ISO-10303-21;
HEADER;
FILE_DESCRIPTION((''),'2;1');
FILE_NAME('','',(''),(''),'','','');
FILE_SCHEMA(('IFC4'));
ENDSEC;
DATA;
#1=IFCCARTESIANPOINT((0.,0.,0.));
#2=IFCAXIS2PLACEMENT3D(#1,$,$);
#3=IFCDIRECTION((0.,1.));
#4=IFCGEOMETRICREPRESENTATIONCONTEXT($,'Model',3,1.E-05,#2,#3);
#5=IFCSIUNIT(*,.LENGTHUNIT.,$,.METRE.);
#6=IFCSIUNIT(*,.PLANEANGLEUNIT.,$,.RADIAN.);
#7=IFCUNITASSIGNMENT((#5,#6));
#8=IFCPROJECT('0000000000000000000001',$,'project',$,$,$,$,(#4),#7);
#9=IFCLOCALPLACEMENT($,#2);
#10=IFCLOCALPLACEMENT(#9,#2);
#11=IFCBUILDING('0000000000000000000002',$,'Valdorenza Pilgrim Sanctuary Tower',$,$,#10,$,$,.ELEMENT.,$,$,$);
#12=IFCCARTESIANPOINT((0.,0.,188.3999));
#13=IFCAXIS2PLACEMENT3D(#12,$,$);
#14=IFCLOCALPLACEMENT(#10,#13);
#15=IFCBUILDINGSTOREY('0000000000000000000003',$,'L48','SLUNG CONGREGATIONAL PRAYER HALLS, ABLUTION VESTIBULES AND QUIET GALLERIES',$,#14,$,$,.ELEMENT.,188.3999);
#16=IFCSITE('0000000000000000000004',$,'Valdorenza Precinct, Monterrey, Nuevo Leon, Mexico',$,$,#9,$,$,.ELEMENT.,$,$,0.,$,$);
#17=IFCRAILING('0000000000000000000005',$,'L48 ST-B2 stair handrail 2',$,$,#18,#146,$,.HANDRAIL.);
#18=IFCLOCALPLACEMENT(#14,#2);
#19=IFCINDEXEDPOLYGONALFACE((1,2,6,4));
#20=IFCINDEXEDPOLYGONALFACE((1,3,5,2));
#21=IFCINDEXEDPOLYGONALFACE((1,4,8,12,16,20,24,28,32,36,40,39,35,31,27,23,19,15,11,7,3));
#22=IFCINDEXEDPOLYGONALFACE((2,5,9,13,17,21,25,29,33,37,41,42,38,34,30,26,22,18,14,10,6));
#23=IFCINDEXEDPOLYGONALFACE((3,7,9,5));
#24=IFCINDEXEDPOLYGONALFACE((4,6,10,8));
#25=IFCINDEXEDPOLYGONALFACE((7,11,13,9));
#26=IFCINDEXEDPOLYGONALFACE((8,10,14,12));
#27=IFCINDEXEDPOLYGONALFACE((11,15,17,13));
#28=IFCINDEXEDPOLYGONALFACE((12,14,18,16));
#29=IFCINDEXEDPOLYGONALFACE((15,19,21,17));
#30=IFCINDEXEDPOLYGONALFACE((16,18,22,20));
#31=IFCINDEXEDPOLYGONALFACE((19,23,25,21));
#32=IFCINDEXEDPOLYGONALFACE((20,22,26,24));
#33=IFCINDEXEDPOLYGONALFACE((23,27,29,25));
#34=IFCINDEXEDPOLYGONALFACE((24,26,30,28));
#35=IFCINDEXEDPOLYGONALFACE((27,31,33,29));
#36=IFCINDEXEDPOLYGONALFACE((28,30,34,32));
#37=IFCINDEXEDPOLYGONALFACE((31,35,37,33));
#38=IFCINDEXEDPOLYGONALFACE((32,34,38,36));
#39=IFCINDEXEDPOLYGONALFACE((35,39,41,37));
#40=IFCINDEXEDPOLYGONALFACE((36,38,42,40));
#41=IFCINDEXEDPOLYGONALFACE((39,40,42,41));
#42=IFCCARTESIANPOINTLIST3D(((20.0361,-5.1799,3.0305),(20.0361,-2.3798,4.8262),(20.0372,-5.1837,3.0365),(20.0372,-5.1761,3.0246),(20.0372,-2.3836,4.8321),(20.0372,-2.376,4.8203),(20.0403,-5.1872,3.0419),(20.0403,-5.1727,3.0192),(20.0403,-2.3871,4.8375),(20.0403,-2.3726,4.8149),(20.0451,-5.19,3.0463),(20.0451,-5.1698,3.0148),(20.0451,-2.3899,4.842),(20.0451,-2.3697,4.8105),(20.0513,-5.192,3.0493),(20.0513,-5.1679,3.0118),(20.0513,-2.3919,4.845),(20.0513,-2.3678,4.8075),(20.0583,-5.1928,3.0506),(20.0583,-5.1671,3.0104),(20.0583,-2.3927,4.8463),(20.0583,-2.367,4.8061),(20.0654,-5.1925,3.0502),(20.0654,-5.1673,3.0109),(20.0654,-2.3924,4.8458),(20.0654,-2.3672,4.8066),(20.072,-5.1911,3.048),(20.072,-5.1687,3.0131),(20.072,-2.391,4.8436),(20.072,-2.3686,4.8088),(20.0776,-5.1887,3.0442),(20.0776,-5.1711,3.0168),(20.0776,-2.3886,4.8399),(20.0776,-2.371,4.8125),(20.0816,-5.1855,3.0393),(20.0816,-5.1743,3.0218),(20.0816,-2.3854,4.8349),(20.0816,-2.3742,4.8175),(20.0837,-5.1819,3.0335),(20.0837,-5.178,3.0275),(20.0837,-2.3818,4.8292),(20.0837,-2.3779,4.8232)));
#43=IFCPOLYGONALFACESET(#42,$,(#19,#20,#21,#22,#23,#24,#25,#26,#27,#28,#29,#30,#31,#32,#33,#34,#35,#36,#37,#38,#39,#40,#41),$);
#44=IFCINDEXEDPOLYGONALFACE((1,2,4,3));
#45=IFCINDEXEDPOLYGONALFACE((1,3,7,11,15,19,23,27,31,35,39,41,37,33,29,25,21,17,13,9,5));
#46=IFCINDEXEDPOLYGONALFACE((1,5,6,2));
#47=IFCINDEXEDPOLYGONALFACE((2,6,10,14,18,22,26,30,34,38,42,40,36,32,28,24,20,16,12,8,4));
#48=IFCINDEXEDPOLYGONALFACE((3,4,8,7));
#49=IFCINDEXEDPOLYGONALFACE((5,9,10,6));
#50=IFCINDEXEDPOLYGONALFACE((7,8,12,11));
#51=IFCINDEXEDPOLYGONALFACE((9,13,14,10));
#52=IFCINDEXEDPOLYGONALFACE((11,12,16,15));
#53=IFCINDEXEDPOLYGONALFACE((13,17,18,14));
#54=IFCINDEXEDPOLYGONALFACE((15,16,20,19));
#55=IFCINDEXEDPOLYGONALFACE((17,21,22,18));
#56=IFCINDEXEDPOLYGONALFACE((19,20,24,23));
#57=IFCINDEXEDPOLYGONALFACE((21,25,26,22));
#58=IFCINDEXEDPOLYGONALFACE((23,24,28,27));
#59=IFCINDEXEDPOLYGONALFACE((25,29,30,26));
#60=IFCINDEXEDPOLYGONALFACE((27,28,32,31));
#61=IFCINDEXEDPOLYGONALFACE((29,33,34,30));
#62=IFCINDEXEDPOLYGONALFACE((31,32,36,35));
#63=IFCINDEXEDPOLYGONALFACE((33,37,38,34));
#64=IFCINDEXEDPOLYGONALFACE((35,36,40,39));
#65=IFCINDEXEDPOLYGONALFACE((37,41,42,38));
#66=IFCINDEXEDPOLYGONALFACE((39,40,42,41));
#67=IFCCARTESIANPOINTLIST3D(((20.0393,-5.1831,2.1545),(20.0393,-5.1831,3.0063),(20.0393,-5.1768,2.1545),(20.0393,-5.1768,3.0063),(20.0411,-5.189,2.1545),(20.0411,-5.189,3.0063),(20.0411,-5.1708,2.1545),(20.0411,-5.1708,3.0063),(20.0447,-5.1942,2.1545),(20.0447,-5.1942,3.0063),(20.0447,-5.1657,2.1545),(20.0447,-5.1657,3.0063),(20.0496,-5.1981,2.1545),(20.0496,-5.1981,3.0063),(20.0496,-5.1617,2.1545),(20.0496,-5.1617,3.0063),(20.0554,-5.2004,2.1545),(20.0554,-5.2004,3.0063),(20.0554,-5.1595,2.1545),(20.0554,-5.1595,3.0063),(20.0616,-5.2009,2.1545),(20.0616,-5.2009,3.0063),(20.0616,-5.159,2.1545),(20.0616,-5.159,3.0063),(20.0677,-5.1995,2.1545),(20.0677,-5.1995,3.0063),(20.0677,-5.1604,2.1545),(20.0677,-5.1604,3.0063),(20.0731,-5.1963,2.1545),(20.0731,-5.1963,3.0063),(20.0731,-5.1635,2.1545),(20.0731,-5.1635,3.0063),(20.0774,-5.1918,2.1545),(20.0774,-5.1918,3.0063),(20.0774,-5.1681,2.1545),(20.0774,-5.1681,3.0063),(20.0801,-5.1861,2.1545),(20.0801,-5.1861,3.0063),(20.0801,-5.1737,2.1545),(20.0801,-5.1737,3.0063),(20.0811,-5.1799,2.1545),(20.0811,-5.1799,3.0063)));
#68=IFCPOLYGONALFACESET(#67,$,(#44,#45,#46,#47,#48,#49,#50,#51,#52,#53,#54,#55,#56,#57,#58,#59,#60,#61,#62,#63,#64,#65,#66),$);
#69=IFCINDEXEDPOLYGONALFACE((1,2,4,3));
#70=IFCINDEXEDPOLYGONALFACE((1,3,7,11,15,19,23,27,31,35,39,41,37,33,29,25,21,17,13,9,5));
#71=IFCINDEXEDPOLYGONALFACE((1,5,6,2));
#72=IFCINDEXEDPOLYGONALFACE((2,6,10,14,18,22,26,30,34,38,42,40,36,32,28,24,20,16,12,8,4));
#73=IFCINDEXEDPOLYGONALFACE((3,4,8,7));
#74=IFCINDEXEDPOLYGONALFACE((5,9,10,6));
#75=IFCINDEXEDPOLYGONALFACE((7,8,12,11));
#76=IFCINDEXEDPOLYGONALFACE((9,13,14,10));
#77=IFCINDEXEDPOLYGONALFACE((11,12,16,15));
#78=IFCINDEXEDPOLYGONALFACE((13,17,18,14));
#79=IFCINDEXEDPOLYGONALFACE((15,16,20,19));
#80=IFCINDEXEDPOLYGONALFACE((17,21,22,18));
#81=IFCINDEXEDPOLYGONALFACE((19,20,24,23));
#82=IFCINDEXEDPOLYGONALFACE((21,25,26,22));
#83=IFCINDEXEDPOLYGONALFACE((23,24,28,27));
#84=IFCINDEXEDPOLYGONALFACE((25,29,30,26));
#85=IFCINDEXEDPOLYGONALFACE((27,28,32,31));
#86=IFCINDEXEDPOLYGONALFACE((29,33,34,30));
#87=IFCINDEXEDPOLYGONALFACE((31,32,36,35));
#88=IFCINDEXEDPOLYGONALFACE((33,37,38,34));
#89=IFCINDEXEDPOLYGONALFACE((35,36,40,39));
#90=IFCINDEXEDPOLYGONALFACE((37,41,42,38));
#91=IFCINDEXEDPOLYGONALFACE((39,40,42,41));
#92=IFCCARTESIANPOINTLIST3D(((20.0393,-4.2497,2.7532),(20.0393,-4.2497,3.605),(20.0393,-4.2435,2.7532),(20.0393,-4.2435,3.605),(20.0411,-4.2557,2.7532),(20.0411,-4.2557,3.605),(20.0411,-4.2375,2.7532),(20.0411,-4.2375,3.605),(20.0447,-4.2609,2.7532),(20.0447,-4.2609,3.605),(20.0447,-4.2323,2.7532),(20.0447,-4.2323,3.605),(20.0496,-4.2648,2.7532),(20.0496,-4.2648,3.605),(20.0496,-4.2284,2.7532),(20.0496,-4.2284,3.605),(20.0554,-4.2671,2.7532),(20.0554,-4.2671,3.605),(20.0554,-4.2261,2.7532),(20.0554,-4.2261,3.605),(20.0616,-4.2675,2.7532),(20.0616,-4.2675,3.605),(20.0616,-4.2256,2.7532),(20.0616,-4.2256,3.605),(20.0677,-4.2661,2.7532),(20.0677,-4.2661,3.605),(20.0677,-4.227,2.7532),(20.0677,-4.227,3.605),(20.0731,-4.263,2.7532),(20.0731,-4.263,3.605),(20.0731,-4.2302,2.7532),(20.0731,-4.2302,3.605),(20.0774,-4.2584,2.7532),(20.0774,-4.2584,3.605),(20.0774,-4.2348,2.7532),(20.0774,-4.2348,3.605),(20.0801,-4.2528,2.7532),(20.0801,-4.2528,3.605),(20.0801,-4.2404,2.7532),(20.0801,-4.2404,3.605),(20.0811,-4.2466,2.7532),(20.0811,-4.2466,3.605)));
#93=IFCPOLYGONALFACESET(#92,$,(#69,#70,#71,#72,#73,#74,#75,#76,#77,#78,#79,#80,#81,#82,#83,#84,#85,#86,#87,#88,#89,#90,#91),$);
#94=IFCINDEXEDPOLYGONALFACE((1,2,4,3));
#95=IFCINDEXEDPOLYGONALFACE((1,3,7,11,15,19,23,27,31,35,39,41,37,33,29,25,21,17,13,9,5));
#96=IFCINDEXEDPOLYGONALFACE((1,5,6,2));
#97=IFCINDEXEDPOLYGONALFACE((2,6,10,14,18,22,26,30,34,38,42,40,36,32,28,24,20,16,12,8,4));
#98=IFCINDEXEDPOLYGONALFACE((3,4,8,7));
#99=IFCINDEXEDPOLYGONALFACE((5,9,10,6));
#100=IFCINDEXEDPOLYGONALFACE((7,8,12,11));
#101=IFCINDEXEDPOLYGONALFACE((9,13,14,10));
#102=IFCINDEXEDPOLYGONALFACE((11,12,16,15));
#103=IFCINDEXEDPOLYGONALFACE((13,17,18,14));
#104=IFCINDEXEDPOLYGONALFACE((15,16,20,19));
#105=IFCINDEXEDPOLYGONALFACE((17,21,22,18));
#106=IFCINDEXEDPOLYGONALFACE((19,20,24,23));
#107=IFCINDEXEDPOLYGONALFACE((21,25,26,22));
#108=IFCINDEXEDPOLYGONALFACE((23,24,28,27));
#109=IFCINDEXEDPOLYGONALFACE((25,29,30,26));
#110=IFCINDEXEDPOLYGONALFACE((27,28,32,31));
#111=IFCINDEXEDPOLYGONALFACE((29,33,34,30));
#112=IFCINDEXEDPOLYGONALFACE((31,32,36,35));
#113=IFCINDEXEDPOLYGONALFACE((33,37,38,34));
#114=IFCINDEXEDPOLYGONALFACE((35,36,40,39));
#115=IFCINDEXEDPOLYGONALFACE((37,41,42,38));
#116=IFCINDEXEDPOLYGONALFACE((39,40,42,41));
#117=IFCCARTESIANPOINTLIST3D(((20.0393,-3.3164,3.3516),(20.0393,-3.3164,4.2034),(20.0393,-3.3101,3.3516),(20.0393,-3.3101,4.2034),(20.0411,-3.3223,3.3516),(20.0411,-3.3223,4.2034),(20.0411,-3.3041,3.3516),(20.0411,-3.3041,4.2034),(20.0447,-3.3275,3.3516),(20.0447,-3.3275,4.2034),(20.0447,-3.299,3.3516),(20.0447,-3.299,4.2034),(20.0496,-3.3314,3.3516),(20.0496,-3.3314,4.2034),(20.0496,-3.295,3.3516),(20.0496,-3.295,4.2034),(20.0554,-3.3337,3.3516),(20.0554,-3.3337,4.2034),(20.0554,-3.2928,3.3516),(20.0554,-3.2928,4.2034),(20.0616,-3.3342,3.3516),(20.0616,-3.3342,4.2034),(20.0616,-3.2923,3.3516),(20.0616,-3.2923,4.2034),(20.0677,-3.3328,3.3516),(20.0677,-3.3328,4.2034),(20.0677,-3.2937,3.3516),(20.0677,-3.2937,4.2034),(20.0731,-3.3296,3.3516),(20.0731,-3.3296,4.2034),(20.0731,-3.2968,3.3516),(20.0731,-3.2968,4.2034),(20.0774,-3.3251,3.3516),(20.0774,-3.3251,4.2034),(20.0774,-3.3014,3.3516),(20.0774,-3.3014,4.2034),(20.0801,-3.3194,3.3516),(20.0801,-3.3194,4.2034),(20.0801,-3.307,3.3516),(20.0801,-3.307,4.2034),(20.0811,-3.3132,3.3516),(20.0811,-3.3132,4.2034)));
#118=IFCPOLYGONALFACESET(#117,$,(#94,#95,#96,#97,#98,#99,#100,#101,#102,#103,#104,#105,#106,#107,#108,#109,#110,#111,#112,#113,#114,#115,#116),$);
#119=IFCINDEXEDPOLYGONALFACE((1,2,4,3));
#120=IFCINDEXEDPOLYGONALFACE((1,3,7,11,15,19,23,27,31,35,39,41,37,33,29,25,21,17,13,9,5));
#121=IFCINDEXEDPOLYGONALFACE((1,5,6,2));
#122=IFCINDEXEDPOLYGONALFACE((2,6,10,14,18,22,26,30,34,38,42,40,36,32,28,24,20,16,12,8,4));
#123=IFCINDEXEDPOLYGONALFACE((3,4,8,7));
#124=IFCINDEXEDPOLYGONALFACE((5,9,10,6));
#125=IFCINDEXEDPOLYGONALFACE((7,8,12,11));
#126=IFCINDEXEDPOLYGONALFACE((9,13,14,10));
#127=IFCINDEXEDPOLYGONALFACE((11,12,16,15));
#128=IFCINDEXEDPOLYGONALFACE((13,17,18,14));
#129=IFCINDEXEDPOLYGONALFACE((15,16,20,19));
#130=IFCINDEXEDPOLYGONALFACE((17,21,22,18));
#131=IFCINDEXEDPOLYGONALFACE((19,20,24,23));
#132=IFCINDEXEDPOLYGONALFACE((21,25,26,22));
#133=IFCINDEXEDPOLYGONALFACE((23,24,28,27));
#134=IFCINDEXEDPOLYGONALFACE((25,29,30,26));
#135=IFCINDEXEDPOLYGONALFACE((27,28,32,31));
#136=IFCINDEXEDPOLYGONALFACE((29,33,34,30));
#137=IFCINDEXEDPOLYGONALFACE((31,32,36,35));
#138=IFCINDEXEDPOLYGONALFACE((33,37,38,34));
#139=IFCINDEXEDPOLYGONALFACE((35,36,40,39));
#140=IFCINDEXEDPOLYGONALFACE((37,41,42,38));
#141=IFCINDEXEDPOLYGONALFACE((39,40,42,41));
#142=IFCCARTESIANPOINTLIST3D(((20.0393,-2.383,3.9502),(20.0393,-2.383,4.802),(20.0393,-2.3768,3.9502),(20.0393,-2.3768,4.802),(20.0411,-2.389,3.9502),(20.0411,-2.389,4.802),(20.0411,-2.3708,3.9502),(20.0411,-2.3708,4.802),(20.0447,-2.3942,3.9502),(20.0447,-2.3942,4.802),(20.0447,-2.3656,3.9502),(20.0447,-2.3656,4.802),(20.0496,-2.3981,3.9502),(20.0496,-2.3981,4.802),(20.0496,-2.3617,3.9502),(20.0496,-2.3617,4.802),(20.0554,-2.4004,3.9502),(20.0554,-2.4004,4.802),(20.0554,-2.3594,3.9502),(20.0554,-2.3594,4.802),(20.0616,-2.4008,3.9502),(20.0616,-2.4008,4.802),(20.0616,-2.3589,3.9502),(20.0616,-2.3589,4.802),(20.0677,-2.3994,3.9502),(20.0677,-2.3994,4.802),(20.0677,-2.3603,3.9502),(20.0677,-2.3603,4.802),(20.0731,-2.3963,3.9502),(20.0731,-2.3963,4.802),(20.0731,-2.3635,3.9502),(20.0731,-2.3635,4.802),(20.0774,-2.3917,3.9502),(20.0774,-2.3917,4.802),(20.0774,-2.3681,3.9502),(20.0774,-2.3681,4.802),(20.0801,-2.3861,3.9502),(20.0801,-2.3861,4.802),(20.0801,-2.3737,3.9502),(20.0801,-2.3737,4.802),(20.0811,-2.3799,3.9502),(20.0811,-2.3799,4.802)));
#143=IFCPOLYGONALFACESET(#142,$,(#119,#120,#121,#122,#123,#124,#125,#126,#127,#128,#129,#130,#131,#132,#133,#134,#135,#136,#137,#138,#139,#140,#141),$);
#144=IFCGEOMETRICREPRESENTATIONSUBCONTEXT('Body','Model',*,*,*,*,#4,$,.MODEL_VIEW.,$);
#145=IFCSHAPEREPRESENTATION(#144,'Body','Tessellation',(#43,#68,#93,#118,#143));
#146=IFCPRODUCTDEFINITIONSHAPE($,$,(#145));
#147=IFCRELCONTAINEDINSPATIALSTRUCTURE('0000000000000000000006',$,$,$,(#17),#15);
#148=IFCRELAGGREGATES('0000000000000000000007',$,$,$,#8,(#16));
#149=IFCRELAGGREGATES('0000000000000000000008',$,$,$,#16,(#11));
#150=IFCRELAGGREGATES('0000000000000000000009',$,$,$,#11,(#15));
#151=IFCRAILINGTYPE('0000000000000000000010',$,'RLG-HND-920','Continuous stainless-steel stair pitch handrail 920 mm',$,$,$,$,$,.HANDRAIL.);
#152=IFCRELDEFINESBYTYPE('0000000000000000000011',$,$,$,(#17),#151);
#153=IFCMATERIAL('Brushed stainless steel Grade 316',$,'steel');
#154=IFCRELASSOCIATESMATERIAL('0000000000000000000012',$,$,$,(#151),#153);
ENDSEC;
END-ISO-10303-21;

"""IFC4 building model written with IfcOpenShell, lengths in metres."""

from ifc_helpers import new_model, si_unit, direction, frame, origin, origin_2d, place, context, subcontext, project, spatial, circle, extrude, material, type_object, element, save


model = new_model("IFC4")

# Units and contexts
model_context = context("Model", 3, precision=1e-05, world=origin(), true_north=direction((0.0, 1.0)))
body_context = subcontext(model_context, "Body", "Model", "MODEL_VIEW")
ifc_project = project(units=[si_unit("LENGTHUNIT", "METRE"), si_unit("PLANEANGLEUNIT", "RADIAN")], contexts=[model_context])

# Site, building, storey
site_placement = place(None, origin())
site = spatial("IfcSite", under=ifc_project, at=site_placement, Name="Valdorenza Precinct, Monterrey, Nuevo Leon, Mexico", CompositionType="ELEMENT", RefElevation=0.0)
building_placement = place(site_placement, origin())
building = spatial("IfcBuilding", under=site, at=building_placement, Name="Valdorenza Pilgrim Sanctuary Tower", CompositionType="ELEMENT")
storey_placement = place(building_placement, frame((0.0, 0.0, 188.3999)))
storey = spatial("IfcBuildingStorey", under=building, at=storey_placement, Name="L48", Description="SLUNG CONGREGATIONAL PRAYER HALLS, ABLUTION VESTIBULES AND QUIET GALLERIES", CompositionType="ELEMENT", Elevation=188.3999)

# Railing
ifc_material_1 = material(Name="Brushed stainless steel Grade 316", Category="steel")
railing_type_1 = type_object("IfcRailingType", Name="RLG-HND-920", Description="Continuous stainless-steel stair pitch handrail 920 mm", PredefinedType="HANDRAIL", material=ifc_material_1)
railing_1_placement = place(storey_placement, frame((20.0601, -5.1799, 2.1545)))
element("IfcRailing", 1, at=railing_1_placement, inside=storey, type_object=railing_type_1, Name="L48 ST-B2 stair handrail 2", PredefinedType="HANDRAIL", context=body_context, shape_type="SweptSolid", body=[
    extrude(circle(Radius=0.0239, at=origin_2d()), frame((0.0, 0.0, 0.876), z_axis=(0.0, 0.841777, 0.539826), x_axis=(-1.0, 0.0, 0.0)), (0.0, 0.0, 1.0), 3.3264),
    extrude(circle(Radius=0.021, at=origin_2d()), origin(), (0.0, 0.0, 1.0), 0.8518),
    extrude(circle(Radius=0.021, at=origin_2d()), frame((0.0, 0.9333, 0.5986)), (0.0, 0.0, 1.0), 0.8518),
    extrude(circle(Radius=0.021, at=origin_2d()), frame((0.0, 1.8667, 1.197)), (0.0, 0.0, 1.0), 0.8518),
    extrude(circle(Radius=0.021, at=origin_2d()), frame((0.0, 2.8, 1.7957)), (0.0, 0.0, 1.0), 0.8518),
])

save(model, "model.ifc")
